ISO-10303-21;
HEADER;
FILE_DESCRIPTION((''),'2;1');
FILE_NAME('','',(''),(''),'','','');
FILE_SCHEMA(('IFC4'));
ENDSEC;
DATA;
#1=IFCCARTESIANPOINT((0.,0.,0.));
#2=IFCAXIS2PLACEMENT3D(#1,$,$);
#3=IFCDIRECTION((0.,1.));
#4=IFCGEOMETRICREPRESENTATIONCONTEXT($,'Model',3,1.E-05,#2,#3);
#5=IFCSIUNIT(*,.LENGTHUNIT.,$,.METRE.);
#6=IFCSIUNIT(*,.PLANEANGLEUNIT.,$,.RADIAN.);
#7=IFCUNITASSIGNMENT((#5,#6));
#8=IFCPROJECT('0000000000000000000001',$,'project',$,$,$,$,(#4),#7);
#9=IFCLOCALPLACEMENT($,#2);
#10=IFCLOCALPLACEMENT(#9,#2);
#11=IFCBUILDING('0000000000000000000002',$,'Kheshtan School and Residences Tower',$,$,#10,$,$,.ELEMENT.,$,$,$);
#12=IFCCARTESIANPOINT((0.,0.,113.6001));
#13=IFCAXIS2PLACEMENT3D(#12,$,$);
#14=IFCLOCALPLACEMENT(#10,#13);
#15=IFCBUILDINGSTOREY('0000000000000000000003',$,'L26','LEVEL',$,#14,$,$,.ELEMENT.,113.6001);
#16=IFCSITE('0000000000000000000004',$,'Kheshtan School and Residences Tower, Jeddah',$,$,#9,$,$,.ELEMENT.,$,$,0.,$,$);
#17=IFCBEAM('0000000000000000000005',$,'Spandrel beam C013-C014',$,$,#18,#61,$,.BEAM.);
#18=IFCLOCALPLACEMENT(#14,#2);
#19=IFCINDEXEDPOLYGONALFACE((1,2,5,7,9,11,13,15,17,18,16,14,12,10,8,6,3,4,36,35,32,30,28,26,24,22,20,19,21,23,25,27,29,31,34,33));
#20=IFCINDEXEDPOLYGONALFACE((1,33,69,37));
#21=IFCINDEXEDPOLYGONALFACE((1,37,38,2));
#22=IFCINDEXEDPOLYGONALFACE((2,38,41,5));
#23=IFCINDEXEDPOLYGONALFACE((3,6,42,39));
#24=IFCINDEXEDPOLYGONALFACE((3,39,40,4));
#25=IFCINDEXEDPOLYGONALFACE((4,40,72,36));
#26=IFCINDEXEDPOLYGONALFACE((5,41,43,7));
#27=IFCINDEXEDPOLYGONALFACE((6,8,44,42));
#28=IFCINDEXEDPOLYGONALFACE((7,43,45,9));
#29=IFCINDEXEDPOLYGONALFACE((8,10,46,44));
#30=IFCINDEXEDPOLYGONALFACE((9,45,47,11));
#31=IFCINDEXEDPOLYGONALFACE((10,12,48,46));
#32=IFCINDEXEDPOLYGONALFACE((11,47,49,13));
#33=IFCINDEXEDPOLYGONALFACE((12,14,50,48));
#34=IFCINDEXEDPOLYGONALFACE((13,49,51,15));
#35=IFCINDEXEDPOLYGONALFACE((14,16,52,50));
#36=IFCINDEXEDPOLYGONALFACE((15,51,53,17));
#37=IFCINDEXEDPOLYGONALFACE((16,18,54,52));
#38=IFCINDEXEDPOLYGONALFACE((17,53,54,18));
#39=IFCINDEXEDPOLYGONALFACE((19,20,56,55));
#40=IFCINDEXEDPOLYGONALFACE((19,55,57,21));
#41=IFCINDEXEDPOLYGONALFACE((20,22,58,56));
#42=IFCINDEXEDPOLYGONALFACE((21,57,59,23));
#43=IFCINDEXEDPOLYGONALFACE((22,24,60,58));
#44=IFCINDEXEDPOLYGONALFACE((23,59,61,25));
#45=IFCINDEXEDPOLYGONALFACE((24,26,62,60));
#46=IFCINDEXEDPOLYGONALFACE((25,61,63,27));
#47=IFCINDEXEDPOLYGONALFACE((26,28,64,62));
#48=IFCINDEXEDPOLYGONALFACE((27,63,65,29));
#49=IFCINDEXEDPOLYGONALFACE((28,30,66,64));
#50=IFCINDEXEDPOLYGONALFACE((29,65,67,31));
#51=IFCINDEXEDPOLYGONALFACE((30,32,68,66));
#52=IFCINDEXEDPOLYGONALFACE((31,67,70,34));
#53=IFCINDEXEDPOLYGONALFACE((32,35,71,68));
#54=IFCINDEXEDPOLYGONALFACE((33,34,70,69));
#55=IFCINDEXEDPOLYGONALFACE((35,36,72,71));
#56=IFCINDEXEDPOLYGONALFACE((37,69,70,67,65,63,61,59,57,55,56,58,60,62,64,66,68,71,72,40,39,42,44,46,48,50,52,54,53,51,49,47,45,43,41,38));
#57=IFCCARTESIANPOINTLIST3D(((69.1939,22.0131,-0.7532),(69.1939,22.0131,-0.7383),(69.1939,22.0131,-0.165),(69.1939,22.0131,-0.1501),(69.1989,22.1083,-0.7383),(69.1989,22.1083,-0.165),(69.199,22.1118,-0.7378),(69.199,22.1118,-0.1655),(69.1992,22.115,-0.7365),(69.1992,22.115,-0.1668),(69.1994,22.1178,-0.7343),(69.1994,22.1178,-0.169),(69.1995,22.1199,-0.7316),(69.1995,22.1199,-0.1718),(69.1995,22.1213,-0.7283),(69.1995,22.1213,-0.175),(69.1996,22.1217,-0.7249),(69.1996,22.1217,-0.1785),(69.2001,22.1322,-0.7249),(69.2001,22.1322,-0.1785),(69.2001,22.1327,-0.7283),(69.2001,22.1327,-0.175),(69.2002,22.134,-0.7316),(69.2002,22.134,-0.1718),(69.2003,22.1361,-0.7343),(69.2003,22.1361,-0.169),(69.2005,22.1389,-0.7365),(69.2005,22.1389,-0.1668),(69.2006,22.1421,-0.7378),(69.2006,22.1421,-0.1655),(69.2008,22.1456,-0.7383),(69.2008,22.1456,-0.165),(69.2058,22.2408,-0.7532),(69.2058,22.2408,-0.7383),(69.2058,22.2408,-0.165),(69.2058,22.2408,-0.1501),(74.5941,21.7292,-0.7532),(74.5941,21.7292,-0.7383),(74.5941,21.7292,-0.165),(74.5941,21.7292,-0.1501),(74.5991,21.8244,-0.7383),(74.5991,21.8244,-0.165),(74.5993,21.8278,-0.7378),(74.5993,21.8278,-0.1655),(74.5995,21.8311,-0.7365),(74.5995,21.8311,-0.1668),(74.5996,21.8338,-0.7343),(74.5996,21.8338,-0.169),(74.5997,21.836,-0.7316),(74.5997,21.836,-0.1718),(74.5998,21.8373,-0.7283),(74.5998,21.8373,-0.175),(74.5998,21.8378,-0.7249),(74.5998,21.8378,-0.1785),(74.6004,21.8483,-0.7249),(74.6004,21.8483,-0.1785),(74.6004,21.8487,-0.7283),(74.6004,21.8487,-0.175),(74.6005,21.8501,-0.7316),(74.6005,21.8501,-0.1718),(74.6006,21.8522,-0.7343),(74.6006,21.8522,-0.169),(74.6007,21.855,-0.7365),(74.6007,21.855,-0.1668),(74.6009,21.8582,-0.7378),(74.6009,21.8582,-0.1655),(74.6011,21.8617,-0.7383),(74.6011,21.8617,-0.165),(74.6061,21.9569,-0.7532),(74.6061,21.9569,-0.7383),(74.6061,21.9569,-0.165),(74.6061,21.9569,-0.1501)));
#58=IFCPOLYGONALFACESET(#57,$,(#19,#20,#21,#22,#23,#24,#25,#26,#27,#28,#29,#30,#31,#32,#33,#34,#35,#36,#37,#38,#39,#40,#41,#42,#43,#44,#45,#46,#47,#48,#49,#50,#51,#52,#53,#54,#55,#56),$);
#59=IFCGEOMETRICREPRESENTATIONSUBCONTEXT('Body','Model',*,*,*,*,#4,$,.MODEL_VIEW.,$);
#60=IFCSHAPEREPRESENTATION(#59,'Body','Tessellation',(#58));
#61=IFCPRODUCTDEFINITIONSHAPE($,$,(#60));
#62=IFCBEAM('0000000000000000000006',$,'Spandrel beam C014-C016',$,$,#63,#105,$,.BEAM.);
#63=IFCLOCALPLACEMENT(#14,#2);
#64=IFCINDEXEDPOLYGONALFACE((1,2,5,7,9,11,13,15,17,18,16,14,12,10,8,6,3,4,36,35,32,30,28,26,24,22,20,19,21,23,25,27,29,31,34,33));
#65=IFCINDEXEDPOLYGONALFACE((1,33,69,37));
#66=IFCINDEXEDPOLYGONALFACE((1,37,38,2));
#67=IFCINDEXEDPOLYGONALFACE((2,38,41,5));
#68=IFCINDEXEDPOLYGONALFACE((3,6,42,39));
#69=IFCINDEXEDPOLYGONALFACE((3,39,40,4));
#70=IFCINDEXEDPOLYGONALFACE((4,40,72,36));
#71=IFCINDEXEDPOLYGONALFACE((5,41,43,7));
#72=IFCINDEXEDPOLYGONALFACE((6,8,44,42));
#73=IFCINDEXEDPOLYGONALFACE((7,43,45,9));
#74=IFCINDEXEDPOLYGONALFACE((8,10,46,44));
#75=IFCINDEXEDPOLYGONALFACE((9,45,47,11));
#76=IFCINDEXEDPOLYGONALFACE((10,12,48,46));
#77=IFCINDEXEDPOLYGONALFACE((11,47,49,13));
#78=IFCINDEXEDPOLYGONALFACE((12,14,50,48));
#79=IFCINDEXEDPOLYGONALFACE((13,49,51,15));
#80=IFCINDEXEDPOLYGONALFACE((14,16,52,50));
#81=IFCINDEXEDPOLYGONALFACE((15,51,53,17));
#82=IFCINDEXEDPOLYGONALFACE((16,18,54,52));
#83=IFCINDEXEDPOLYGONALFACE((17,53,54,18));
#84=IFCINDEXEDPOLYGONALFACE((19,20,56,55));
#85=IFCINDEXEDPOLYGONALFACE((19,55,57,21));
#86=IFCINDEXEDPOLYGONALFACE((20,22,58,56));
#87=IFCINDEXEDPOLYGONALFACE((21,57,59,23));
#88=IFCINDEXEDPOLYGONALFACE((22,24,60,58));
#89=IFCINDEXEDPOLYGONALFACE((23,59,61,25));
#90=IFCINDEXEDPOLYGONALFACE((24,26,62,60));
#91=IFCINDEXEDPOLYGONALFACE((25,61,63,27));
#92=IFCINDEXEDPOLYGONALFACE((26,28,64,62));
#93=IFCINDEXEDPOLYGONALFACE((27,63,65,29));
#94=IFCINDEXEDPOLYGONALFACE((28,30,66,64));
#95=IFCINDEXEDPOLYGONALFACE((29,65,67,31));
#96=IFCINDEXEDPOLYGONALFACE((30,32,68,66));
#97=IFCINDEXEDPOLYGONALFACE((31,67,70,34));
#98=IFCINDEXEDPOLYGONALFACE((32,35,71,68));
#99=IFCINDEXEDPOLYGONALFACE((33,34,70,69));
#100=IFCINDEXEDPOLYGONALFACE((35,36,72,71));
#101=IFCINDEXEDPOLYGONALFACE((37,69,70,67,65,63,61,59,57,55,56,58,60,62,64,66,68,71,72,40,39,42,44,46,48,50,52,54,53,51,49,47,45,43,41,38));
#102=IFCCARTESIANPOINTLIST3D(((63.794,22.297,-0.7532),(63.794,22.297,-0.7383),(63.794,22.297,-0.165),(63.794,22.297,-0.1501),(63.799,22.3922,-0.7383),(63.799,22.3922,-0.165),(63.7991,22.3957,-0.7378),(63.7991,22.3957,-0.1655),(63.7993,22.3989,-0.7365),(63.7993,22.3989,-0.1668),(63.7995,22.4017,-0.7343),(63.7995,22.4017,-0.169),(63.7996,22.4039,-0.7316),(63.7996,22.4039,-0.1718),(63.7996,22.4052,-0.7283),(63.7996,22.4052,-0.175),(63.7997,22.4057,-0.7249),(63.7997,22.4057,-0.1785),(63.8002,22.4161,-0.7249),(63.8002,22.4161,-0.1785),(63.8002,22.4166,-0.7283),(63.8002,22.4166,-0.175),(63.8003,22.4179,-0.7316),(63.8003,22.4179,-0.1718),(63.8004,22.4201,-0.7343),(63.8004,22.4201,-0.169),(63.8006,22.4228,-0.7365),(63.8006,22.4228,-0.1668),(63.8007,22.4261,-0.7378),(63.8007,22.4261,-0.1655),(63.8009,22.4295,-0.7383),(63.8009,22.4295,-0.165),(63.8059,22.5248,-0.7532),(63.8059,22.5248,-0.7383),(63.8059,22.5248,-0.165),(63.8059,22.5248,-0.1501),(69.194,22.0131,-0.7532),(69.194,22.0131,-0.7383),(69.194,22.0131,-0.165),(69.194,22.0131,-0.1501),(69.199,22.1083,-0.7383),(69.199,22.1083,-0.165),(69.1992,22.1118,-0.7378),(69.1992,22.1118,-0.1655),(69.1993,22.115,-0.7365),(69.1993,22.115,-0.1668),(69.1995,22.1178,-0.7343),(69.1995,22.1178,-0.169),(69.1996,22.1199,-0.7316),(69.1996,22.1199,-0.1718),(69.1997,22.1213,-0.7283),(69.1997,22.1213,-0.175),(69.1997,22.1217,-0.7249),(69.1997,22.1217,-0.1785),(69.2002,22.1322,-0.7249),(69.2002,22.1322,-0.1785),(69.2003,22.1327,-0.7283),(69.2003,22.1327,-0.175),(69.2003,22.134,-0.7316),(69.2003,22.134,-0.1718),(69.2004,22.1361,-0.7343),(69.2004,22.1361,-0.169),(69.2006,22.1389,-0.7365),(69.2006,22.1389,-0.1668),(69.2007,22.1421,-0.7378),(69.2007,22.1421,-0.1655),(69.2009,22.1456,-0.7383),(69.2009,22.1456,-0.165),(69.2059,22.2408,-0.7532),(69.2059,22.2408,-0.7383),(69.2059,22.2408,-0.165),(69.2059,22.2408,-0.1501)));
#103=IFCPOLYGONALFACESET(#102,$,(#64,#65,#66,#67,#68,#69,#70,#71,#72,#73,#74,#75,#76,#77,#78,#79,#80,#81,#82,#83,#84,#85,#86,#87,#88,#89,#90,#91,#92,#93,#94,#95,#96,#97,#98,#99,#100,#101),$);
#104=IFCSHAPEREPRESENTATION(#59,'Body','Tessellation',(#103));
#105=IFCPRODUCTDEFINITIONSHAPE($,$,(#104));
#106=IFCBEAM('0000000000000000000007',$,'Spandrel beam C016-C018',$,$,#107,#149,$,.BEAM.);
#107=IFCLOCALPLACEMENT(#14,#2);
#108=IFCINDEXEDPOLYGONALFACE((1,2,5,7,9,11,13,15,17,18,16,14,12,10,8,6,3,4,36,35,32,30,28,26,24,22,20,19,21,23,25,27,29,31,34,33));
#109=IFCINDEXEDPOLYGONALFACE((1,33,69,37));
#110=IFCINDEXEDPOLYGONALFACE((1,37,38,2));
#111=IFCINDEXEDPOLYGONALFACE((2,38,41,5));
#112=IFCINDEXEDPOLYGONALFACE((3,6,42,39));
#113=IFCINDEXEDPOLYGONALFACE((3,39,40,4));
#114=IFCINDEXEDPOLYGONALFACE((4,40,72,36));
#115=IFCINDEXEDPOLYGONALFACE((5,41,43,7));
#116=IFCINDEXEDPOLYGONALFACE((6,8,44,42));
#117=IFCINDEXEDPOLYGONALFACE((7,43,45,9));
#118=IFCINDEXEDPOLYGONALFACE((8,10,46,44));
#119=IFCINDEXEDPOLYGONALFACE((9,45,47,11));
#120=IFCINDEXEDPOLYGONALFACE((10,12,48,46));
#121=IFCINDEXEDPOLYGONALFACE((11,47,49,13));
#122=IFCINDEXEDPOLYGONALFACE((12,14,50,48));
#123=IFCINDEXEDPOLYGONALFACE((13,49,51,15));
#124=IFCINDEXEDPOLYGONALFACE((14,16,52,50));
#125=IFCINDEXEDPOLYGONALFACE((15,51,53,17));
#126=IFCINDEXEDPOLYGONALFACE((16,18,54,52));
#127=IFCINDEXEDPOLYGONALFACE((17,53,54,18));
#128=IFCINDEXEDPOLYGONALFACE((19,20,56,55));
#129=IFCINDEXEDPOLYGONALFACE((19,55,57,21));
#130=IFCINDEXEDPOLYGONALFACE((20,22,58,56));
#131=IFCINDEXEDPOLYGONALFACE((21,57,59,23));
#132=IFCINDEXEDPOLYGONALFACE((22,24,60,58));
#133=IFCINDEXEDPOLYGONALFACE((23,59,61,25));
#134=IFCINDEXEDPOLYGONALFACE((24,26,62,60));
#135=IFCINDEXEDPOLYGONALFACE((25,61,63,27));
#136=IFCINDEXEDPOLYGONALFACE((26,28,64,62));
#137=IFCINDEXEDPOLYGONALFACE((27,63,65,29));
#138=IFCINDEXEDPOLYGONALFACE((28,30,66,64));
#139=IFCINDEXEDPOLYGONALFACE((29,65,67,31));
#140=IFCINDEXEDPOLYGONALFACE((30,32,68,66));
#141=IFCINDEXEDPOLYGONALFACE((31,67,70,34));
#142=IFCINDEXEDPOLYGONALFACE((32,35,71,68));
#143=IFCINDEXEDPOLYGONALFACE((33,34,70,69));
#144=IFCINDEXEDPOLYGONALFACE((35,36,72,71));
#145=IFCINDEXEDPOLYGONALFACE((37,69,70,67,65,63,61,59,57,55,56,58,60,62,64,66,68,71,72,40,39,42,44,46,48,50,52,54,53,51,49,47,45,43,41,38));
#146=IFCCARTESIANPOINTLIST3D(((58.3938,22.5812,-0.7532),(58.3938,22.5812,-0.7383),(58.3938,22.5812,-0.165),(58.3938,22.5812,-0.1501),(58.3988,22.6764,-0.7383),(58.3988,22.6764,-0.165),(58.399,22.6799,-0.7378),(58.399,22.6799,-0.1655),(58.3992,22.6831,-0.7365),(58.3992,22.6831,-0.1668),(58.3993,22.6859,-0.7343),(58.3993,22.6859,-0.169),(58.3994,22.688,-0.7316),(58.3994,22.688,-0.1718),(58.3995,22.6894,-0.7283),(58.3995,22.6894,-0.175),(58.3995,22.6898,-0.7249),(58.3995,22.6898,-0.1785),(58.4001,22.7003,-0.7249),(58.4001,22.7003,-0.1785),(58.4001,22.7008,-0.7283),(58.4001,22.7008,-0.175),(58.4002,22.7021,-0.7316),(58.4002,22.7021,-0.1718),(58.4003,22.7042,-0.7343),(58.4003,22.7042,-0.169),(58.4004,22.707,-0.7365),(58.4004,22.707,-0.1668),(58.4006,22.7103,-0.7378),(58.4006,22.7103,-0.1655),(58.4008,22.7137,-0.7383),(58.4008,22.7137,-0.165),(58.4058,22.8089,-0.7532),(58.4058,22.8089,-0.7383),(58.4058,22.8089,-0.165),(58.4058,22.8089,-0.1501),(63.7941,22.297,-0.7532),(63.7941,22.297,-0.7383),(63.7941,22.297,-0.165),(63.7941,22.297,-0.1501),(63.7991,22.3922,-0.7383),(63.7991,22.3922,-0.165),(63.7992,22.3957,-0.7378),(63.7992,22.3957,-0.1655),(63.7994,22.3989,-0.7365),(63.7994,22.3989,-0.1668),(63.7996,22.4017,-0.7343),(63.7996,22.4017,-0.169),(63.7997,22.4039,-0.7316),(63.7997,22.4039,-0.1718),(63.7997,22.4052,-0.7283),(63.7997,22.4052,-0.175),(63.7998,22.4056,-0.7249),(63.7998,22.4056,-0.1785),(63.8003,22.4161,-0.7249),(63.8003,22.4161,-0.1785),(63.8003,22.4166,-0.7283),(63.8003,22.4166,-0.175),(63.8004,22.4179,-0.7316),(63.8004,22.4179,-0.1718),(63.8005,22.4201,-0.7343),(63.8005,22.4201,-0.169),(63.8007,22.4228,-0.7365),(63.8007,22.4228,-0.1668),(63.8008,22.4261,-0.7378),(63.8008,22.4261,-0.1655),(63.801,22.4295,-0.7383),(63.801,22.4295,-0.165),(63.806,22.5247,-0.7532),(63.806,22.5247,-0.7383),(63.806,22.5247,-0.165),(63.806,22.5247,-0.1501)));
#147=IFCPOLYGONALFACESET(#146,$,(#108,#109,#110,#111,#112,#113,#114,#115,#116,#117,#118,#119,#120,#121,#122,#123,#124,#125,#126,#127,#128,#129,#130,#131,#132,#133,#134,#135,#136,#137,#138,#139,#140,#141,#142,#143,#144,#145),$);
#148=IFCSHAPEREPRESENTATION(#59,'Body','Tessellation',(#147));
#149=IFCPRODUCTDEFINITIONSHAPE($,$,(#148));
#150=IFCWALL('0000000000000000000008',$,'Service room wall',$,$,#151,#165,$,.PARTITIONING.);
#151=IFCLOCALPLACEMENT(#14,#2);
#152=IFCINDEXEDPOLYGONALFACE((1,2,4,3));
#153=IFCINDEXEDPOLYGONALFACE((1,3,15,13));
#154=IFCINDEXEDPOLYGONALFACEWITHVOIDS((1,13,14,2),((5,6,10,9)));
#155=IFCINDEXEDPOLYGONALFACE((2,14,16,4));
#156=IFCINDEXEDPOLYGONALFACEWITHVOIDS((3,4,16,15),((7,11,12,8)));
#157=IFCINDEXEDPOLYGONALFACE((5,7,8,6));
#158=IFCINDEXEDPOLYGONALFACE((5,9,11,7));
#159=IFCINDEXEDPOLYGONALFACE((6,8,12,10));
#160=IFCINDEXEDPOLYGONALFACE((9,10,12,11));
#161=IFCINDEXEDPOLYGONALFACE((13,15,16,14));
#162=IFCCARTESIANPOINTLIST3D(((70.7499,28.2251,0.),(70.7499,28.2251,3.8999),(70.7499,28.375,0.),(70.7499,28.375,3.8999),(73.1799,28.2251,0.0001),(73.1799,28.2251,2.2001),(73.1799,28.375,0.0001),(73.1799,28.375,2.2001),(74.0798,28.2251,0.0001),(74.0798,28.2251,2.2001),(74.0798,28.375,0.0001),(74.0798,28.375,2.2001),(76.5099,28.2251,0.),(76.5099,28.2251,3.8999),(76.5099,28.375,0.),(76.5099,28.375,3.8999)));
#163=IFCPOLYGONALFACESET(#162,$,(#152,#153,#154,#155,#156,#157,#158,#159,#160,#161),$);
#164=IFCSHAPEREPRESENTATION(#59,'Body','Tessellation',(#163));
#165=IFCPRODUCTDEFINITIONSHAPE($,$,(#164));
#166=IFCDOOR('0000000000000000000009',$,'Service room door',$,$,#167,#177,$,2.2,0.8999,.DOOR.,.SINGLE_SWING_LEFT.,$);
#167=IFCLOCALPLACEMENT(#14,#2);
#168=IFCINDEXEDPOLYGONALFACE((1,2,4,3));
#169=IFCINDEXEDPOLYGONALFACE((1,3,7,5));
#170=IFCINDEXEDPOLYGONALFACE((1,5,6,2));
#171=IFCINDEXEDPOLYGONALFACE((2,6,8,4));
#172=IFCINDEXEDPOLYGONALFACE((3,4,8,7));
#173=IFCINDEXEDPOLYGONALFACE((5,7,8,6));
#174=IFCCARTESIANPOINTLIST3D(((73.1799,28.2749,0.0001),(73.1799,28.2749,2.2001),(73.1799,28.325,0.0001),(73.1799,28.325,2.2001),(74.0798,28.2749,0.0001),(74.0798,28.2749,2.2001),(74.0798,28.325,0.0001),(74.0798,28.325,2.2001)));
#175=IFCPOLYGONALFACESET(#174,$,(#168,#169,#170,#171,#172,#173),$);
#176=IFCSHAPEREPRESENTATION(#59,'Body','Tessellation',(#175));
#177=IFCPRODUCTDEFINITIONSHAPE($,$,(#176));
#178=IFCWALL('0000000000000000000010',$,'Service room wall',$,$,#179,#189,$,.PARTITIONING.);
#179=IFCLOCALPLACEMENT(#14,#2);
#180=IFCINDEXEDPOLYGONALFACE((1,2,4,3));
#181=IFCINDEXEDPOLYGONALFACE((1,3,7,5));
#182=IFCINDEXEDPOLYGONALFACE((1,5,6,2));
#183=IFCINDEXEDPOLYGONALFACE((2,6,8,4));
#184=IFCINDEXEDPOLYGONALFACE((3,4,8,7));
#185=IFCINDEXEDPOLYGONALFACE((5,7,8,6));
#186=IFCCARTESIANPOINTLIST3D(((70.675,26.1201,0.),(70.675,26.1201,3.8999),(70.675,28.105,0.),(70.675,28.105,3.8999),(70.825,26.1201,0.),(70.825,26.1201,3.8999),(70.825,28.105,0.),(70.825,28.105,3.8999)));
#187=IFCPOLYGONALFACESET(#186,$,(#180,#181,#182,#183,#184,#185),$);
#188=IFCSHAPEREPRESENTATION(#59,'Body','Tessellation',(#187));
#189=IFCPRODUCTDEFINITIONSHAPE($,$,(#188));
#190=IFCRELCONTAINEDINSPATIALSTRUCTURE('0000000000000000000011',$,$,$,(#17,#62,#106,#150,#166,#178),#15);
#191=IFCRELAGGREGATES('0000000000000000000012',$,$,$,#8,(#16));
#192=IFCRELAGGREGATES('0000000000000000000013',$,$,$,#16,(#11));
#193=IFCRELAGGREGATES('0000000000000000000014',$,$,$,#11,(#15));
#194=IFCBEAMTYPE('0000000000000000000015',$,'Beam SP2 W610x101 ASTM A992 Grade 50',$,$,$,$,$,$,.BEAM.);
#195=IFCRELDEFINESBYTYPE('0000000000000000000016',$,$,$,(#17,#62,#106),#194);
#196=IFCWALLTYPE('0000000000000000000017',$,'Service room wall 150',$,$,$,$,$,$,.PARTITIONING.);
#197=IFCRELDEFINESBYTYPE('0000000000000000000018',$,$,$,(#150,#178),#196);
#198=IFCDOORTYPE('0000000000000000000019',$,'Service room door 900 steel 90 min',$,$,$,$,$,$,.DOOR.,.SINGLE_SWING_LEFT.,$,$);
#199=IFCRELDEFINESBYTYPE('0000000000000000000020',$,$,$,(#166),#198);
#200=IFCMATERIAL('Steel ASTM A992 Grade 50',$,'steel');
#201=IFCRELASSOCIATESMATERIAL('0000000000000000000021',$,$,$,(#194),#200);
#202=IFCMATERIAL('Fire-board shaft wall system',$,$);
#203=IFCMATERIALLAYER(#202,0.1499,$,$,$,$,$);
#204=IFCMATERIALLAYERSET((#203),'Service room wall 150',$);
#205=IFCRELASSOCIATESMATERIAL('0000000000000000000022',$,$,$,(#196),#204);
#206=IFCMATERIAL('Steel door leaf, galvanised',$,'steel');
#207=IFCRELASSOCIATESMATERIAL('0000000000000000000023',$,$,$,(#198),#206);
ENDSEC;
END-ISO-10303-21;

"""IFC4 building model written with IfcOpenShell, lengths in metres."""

from ifc_helpers import new_model, si_unit, direction, frame, frame_2d, origin, origin_2d, place, context, subcontext, project, spatial, rectangle, i_section, extrude, source, transform, mapped, material, layer, layer_set, material_profile, profile_set, type_object, element, fill, save


model = new_model("IFC4")

# Units and contexts
model_context = context("Model", 3, precision=1e-05, world=origin(), true_north=direction((0.0, 1.0)))
body_context = subcontext(model_context, "Body", "Model", "MODEL_VIEW")
ifc_project = project(units=[si_unit("LENGTHUNIT", "METRE"), si_unit("PLANEANGLEUNIT", "RADIAN")], contexts=[model_context])

# Site, building, storey
site_placement = place(None, origin())
site = spatial("IfcSite", under=ifc_project, at=site_placement, Name="Kheshtan School and Residences Tower, Jeddah", CompositionType="ELEMENT", RefElevation=0.0)
building_placement = place(site_placement, origin())
building = spatial("IfcBuilding", under=site, at=building_placement, Name="Kheshtan School and Residences Tower", CompositionType="ELEMENT")
storey_placement = place(building_placement, frame((0.0, 0.0, 113.6001)))
storey = spatial("IfcBuildingStorey", under=building, at=storey_placement, Name="L26", Description="LEVEL", CompositionType="ELEMENT", Elevation=113.6001)

# Shared definitions
ifc_material_1 = material(Name="Steel ASTM A992 Grade 50", Category="steel")

# Beams
ifc_material_profile_1 = material_profile(ifc_material_1, i_section(OverallWidth=0.228, OverallDepth=0.603, WebThickness=0.0105, FlangeThickness=0.0149, FilletRadius=0.0134, at=origin_2d()), Name="W610x101")
ifc_profile_set_1 = profile_set([ifc_material_profile_1], Name="Steel ASTM A992 Grade 50")
beam_type_1 = type_object("IfcBeamType", Name="Beam SP2 W610x101 ASTM A992 Grade 50", PredefinedType="BEAM", material=ifc_profile_set_1)
beam_1_placement = place(storey_placement, frame((74.6001, 21.843, -0.4517), z_axis=(-0.998621, 0.052507, 0.0), x_axis=(-0.052507, -0.998621, 0.0)))
element("IfcBeam", 1, at=beam_1_placement, inside=storey, type_object=beam_type_1, Name="Spandrel beam C013-C014", PredefinedType="BEAM", context=body_context, shape_type="SweptSolid", body=[
    extrude(i_section(OverallWidth=0.228, OverallDepth=0.603, WebThickness=0.0105, FlangeThickness=0.0149, FilletRadius=0.0134, at=origin_2d()), origin(), (0.0, 0.0, 1.0), 5.4077),
])
beam_2_placement = place(storey_placement, frame((69.2, 22.127, -0.4517), z_axis=(-0.99862, 0.052509, 0.0), x_axis=(-0.052509, -0.99862, 0.0)))
element("IfcBeam", 2, at=beam_2_placement, inside=storey, type_object=beam_type_1, Name="Spandrel beam C014-C016", PredefinedType="BEAM", context=body_context, shape_type="SweptSolid", body=[
    extrude(i_section(OverallWidth=0.228, OverallDepth=0.603, WebThickness=0.0105, FlangeThickness=0.0149, FilletRadius=0.0134, at=origin_2d()), origin(), (0.0, 0.0, 1.0), 5.4075),
])
beam_3_placement = place(storey_placement, frame((63.8, 22.4109, -0.4517), z_axis=(-0.998618, 0.052552, 0.0), x_axis=(-0.052552, -0.998618, 0.0)))
element("IfcBeam", 3, at=beam_3_placement, inside=storey, type_object=beam_type_1, Name="Spandrel beam C016-C018", PredefinedType="BEAM", context=body_context, shape_type="SweptSolid", body=[
    extrude(i_section(OverallWidth=0.228, OverallDepth=0.603, WebThickness=0.0105, FlangeThickness=0.0149, FilletRadius=0.0134, at=origin_2d()), origin(), (0.0, 0.0, 1.0), 5.4077),
])

# Wall, opening, door
ifc_material_2 = material(Name="Fire-board shaft wall system")
ifc_layer_1 = layer(ifc_material_2, 0.1499)
ifc_layer_set_1 = layer_set([ifc_layer_1], Name="Service room wall 150")
wall_type_1 = type_object("IfcWallType", Name="Service room wall 150", PredefinedType="PARTITIONING", material=ifc_layer_set_1)
wall_1_placement = place(storey_placement, frame((70.75, 28.3, 0.0), z_axis=(0.0, 0.0, 1.0), x_axis=(1.0, 0.0, 0.0)))
wall_1 = element("IfcWall", 4, at=wall_1_placement, inside=storey, type_object=wall_type_1, Name="Service room wall", PredefinedType="PARTITIONING", context=body_context, shape_type="SweptSolid", body=[
    extrude(rectangle(XDim=5.76, YDim=0.1499, at=frame_2d((2.8799, 0.0))), origin(), (0.0, 0.0, 1.0), 3.8999),
])
opening_1_placement = place(wall_1_placement, frame((2.4299, 0.0, 0.0)))
opening_1 = element("IfcOpeningElement", 5, at=opening_1_placement, cuts=wall_1, PredefinedType="OPENING", context=body_context, shape_type="SweptSolid", body=[
    extrude(rectangle(XDim=0.8999, YDim=2.2, at=frame_2d((0.45, 1.1001))), frame((0.0, 0.085, 0.0), z_axis=(0.0, -1.0, 0.0), x_axis=(1.0, 0.0, 0.0)), (0.0, 0.0, 1.0), 0.1699),
])
ifc_material_3 = material(Name="Steel door leaf, galvanised", Category="steel")
door_type_1 = type_object("IfcDoorType", Name="Service room door 900 steel 90 min", OperationType="SINGLE_SWING_LEFT", PredefinedType="DOOR", material=ifc_material_3)
shared_shape_1 = source(origin(), body_context, "Body", "SweptSolid", [
    extrude(rectangle(XDim=0.8999, YDim=2.2, at=frame_2d((0.45, 1.1001))), frame((0.0, 0.0249, 0.0), z_axis=(0.0, -1.0, 0.0), x_axis=(1.0, 0.0, 0.0)), (0.0, 0.0, 1.0), 0.05),
])
door_1_placement = place(opening_1_placement, origin())
door_1 = element("IfcDoor", 6, at=door_1_placement, inside=storey, type_object=door_type_1, Name="Service room door", OperationType="SINGLE_SWING_LEFT", OverallHeight=2.2, OverallWidth=0.8999, PredefinedType="DOOR", context=body_context, shape_type="MappedRepresentation", body=[
    mapped(shared_shape_1, transform((0.0, 0.0, 0.0), x_axis=(1.0, 0.0, 0.0), y_axis=(0.0, 1.0, 0.0), z_axis=(0.0, 0.0, 1.0), scale=1.0)),
])
fill(opening_1, door_1)

# Wall
wall_2_placement = place(storey_placement, frame((70.75, 26.1201, 0.0), z_axis=(0.0, 0.0, 1.0), x_axis=(0.0, 1.0, 0.0)))
element("IfcWall", 7, at=wall_2_placement, inside=storey, type_object=wall_type_1, Name="Service room wall", PredefinedType="PARTITIONING", context=body_context, shape_type="SweptSolid", body=[
    extrude(rectangle(XDim=1.9849, YDim=0.1499, at=frame_2d((0.9924, 0.0))), origin(), (0.0, 0.0, 1.0), 3.8999),
])

save(model, "model.ifc")
